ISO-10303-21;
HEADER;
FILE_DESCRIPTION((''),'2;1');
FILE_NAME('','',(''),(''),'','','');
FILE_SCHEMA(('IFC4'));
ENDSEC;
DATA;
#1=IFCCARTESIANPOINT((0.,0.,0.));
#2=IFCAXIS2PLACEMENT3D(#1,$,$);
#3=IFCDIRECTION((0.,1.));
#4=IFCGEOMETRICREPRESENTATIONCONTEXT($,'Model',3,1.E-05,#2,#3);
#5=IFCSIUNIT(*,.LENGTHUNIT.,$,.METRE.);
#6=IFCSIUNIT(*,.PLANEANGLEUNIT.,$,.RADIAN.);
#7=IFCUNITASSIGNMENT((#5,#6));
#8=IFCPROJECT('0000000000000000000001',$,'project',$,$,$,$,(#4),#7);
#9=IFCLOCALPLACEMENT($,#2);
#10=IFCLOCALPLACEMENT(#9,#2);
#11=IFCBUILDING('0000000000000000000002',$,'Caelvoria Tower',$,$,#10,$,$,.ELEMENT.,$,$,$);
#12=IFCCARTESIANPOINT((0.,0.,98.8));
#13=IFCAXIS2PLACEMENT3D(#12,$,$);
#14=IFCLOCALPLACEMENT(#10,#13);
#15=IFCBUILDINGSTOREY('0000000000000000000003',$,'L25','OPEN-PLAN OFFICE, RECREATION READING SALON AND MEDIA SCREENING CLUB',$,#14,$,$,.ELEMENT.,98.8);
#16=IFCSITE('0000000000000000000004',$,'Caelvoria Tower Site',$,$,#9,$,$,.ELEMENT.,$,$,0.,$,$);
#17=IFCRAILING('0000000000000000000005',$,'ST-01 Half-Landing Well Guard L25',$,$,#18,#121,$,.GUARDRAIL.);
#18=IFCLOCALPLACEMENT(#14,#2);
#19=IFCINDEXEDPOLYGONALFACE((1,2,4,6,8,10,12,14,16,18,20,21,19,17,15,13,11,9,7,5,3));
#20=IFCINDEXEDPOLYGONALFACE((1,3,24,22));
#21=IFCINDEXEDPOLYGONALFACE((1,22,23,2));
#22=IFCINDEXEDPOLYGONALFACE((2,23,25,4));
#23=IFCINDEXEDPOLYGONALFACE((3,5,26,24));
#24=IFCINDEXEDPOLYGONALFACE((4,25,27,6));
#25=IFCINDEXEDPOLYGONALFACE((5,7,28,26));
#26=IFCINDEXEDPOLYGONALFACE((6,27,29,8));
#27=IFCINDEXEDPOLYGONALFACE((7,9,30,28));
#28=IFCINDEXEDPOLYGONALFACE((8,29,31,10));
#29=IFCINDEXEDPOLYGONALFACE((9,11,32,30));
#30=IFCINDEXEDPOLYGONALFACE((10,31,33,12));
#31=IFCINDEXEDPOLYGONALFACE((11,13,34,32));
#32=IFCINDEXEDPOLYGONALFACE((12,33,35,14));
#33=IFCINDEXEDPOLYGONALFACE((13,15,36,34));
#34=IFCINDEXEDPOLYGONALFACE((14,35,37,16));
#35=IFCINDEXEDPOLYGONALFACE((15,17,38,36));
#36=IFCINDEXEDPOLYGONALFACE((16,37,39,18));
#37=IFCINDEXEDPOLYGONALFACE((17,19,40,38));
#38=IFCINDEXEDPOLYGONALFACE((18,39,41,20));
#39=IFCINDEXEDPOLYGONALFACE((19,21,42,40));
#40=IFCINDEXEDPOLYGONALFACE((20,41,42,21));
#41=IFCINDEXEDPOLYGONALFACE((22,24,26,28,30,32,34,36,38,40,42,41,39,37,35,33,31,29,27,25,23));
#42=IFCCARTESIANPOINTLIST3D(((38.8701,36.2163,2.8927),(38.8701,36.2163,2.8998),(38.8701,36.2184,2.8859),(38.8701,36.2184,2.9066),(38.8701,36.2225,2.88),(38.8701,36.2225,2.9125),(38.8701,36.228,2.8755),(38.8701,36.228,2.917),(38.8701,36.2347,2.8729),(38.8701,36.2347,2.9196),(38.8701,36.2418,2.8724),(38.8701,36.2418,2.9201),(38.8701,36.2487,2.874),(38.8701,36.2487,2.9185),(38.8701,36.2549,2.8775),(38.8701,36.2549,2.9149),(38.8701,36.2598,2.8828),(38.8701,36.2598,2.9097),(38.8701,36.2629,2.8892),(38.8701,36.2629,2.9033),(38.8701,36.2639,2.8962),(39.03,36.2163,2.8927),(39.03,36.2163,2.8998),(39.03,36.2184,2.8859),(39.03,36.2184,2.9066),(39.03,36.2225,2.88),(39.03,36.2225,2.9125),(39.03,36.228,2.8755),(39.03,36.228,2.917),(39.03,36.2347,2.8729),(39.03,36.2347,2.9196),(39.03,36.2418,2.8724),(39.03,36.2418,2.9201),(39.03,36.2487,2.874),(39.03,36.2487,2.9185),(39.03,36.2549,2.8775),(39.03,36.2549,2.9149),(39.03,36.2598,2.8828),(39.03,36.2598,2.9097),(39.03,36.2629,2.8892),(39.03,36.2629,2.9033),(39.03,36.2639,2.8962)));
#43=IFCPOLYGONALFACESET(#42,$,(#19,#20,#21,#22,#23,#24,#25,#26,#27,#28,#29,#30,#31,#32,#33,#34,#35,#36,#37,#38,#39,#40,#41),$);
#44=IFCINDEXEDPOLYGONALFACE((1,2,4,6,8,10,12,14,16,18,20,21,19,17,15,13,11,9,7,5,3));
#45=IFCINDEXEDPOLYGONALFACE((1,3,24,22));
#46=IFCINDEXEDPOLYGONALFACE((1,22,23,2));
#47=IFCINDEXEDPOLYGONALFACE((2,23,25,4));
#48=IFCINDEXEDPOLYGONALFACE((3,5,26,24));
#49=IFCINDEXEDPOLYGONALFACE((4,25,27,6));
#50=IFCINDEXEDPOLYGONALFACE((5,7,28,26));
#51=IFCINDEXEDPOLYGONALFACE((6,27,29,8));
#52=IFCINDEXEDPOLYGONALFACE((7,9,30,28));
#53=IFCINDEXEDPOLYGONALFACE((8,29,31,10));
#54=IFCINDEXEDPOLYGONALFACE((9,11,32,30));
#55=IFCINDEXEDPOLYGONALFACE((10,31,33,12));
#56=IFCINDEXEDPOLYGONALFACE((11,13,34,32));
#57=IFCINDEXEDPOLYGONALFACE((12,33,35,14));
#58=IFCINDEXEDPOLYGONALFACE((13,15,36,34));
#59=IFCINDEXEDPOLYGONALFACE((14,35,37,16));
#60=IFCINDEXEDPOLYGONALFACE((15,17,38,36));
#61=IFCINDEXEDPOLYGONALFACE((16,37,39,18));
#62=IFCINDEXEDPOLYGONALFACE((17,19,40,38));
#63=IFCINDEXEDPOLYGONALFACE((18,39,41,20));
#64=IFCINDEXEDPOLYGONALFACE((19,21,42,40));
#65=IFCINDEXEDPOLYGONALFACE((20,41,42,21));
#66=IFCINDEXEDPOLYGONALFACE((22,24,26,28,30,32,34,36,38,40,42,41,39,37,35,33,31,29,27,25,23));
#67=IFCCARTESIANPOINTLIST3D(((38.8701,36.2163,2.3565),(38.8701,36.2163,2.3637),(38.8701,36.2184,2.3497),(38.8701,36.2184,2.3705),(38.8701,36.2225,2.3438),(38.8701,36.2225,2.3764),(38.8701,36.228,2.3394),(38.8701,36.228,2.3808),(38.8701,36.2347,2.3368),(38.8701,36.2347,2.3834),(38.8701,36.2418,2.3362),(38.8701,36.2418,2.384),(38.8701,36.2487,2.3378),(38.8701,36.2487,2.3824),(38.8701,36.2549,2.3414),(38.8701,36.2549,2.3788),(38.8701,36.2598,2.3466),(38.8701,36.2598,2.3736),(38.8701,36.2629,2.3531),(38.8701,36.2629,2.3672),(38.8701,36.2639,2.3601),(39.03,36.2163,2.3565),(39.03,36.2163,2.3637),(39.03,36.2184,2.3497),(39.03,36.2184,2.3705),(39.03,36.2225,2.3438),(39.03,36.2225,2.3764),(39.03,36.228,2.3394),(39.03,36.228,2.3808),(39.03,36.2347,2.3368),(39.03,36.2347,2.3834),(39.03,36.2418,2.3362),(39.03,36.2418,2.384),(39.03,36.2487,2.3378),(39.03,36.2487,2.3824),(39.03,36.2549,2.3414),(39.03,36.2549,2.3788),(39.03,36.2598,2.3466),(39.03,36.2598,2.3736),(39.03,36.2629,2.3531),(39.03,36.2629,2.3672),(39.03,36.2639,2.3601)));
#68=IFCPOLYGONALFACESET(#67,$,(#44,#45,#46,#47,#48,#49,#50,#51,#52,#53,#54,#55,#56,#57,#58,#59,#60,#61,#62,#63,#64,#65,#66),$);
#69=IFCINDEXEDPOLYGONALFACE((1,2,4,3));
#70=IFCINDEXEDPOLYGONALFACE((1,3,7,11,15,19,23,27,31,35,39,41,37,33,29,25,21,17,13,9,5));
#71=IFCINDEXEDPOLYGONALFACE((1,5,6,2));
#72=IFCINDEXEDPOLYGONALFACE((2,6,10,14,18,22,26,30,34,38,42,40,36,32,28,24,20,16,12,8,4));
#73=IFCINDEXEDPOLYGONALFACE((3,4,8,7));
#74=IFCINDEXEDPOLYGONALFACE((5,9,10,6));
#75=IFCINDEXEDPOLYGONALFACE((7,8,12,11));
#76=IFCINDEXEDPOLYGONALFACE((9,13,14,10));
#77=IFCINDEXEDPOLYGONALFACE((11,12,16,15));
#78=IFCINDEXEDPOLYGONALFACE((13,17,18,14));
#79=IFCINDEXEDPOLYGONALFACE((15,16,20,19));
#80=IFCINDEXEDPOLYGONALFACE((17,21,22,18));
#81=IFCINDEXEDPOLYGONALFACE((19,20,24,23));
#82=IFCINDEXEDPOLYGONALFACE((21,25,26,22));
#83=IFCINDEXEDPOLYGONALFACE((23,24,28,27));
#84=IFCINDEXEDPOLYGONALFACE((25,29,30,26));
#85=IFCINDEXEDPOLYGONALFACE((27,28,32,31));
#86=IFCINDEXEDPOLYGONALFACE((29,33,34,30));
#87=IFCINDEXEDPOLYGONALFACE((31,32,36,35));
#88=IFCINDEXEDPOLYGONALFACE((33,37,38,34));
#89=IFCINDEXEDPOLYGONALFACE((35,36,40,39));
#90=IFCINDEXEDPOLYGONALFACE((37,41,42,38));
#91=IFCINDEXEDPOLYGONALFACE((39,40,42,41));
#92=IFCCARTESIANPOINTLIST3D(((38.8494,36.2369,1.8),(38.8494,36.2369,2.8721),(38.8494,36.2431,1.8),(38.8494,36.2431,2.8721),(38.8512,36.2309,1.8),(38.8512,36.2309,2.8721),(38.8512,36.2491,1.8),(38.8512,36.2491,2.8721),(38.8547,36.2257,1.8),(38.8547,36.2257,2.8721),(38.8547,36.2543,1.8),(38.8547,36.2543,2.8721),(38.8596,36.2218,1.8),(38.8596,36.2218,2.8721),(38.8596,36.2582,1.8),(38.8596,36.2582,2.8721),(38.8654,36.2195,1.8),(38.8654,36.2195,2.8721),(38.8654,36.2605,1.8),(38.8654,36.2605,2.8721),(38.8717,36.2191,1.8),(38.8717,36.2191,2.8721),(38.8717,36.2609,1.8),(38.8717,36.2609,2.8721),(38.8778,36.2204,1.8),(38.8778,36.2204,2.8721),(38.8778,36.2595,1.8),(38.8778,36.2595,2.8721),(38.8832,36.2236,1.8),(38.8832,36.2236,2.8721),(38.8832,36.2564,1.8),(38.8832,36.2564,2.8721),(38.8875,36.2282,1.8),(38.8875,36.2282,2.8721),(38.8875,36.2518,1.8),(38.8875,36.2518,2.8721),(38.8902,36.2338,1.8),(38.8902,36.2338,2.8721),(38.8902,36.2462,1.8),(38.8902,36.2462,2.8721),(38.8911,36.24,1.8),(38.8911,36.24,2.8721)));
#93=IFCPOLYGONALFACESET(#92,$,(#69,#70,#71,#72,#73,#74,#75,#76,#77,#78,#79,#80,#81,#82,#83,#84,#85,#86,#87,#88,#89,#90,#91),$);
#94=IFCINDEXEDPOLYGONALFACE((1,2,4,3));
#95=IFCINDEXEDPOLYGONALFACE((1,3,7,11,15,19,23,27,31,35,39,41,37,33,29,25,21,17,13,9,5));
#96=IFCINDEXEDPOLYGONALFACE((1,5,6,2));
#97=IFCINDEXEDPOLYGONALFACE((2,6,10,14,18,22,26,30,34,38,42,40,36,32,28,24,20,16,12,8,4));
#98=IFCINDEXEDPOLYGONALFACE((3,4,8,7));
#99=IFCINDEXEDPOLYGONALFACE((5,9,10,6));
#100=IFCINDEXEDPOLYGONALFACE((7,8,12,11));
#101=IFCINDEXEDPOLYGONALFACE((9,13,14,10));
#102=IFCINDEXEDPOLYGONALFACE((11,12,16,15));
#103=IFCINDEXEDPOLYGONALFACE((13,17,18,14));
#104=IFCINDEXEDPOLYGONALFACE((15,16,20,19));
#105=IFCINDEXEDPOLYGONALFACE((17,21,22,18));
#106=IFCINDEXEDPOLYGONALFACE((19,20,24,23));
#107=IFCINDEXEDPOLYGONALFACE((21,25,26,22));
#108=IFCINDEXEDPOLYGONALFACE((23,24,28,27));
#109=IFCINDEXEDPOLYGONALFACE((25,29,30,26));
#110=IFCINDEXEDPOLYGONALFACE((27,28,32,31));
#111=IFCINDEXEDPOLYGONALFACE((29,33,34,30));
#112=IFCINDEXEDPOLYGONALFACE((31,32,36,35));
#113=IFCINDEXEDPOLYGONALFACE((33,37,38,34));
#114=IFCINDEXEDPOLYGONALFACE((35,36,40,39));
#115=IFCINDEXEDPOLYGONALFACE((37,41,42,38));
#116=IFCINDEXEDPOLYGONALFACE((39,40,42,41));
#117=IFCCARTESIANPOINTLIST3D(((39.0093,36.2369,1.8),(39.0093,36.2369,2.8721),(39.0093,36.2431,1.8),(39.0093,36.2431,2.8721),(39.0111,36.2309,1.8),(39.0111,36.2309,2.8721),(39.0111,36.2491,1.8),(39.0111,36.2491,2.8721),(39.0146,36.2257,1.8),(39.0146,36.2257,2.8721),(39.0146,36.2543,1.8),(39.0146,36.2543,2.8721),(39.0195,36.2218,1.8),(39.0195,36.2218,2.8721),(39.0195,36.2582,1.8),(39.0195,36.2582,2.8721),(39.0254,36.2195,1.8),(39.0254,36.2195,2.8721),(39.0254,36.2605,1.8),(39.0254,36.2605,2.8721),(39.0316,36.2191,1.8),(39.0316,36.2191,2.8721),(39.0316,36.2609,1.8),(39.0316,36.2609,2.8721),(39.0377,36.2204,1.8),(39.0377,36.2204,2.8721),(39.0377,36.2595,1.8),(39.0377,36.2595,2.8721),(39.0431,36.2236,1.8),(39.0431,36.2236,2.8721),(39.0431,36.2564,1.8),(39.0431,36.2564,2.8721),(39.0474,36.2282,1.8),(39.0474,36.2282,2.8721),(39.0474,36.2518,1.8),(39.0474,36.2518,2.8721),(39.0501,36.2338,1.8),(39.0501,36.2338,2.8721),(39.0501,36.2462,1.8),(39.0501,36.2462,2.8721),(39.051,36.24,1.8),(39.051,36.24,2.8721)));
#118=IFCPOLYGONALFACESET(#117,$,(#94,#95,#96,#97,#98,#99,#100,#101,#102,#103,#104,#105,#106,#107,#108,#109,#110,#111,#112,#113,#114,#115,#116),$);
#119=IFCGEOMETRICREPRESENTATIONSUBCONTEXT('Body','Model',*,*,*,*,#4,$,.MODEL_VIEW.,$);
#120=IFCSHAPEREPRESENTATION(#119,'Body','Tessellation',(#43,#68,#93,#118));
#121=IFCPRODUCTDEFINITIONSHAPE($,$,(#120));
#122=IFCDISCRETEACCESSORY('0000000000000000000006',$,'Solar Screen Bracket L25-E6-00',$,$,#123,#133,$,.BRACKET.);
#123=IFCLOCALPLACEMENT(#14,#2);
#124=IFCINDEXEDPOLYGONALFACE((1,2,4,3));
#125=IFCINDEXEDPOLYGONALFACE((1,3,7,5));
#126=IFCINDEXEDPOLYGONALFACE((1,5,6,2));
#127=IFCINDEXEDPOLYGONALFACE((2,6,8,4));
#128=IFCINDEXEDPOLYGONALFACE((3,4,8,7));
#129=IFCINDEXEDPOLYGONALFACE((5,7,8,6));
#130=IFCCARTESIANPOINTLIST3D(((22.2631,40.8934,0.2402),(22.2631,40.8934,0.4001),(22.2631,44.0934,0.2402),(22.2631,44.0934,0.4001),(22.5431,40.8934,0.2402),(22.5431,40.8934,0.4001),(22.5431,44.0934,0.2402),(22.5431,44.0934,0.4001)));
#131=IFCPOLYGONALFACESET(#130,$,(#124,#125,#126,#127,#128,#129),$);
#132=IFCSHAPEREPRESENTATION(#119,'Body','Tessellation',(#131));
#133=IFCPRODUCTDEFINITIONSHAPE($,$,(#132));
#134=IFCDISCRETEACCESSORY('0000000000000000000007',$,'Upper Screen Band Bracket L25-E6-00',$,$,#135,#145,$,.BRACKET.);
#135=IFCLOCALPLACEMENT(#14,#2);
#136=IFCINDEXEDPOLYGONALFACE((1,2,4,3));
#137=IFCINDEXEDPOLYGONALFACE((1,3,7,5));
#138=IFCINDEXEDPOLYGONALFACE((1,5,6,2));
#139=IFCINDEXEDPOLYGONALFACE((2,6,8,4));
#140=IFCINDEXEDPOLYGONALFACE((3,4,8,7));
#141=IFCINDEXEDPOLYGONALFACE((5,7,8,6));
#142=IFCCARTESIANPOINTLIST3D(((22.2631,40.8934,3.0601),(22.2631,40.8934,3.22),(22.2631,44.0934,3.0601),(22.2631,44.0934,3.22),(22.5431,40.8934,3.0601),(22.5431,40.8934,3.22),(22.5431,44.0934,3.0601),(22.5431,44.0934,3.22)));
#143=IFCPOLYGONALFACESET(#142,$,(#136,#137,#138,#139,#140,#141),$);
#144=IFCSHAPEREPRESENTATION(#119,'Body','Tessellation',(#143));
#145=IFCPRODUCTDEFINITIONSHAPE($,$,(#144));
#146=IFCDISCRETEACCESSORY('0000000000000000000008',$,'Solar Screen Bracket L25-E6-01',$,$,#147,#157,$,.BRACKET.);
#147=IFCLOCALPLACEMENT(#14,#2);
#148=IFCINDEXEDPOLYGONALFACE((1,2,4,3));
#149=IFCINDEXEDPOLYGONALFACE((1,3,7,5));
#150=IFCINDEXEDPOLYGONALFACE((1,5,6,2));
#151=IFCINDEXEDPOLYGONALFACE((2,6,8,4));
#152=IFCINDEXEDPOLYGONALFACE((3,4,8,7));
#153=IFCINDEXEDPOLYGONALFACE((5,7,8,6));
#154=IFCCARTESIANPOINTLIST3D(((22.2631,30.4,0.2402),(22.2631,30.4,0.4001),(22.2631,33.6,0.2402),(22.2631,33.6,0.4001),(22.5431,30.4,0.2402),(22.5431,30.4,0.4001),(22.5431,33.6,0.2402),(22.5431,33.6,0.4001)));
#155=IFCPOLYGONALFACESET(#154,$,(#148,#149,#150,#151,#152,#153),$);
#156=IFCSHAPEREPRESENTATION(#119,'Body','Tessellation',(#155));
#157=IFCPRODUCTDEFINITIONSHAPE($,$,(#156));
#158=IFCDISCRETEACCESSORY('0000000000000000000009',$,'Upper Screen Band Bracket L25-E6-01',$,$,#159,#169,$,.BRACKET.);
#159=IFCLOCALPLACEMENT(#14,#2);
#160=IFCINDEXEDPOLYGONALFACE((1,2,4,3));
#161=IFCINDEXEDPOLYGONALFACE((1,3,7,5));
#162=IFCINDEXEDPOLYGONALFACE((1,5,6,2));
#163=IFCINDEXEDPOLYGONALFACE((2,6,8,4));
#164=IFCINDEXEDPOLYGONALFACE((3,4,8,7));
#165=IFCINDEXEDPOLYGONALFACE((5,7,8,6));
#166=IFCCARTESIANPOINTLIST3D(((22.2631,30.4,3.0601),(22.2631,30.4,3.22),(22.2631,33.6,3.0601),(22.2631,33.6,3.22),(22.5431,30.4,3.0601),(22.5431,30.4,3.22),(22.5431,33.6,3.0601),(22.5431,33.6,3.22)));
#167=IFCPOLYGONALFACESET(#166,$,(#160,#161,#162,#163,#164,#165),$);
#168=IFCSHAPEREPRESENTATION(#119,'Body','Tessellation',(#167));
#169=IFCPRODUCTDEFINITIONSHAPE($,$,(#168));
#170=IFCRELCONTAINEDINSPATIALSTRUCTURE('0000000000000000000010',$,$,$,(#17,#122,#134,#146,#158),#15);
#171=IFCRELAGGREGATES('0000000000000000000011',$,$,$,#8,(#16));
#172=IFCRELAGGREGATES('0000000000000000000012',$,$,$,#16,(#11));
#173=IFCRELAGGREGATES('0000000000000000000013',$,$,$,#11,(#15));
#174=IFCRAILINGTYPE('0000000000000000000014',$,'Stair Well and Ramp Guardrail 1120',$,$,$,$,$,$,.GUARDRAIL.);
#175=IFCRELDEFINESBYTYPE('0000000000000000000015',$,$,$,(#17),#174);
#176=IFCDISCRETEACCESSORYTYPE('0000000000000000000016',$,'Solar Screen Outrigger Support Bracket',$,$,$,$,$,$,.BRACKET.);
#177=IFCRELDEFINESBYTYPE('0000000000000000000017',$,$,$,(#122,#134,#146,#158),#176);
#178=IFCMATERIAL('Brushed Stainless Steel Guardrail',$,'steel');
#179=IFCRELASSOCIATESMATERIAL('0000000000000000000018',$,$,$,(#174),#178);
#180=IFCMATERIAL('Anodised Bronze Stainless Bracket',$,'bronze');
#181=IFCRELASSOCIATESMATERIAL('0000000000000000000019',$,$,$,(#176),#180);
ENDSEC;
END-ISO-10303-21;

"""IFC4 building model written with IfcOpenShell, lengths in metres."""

from ifc_helpers import new_model, si_unit, direction, frame, origin, origin_2d, place, context, subcontext, project, spatial, rectangle, circle, extrude, material, type_object, element, save


model = new_model("IFC4")

# Units and contexts
model_context = context("Model", 3, precision=1e-05, world=origin(), true_north=direction((0.0, 1.0)))
body_context = subcontext(model_context, "Body", "Model", "MODEL_VIEW")
ifc_project = project(units=[si_unit("LENGTHUNIT", "METRE"), si_unit("PLANEANGLEUNIT", "RADIAN")], contexts=[model_context])

# Site, building, storey
site_placement = place(None, origin())
site = spatial("IfcSite", under=ifc_project, at=site_placement, Name="Caelvoria Tower Site", CompositionType="ELEMENT", RefElevation=0.0)
building_placement = place(site_placement, origin())
building = spatial("IfcBuilding", under=site, at=building_placement, Name="Caelvoria Tower", CompositionType="ELEMENT")
storey_placement = place(building_placement, frame((0.0, 0.0, 98.8)))
storey = spatial("IfcBuildingStorey", under=building, at=storey_placement, Name="L25", Description="OPEN-PLAN OFFICE, RECREATION READING SALON AND MEDIA SCREENING CLUB", CompositionType="ELEMENT", Elevation=98.8)

# Railing
ifc_material_1 = material(Name="Brushed Stainless Steel Guardrail", Category="steel")
railing_type_1 = type_object("IfcRailingType", Name="Stair Well and Ramp Guardrail 1120", PredefinedType="GUARDRAIL", material=ifc_material_1)
railing_1_placement = place(storey_placement, frame((38.8701, 36.24, 1.8)))
element("IfcRailing", 1, at=railing_1_placement, inside=storey, type_object=railing_type_1, Name="ST-01 Half-Landing Well Guard L25", PredefinedType="GUARDRAIL", context=body_context, shape_type="SweptSolid", body=[
    extrude(circle(Radius=0.0239, at=origin_2d()), frame((0.0, 0.0, 1.0962), z_axis=(1.0, 0.0, 0.0), x_axis=(0.0, 1.0, 0.0)), (0.0, 0.0, 1.0), 0.1599),
    extrude(circle(Radius=0.0239, at=origin_2d()), frame((0.0, 0.0, 0.5601), z_axis=(1.0, 0.0, 0.0), x_axis=(0.0, 1.0, 0.0)), (0.0, 0.0, 1.0), 0.1599),
    extrude(circle(Radius=0.021, at=origin_2d()), origin(), (0.0, 0.0, 1.0), 1.072),
    extrude(circle(Radius=0.021, at=origin_2d()), frame((0.1599, 0.0, 0.0)), (0.0, 0.0, 1.0), 1.072),
])

# Discrete accessories
ifc_material_2 = material(Name="Anodised Bronze Stainless Bracket", Category="bronze")
discrete_accessory_type = type_object("IfcDiscreteAccessoryType", Name="Solar Screen Outrigger Support Bracket", PredefinedType="BRACKET", material=ifc_material_2)
for number, where, z_axis, x_axis, name in (
    (2, (22.4031, 42.4934, 0.2402), (0.0, 0.0, 1.0), (0.0, -1.0, 0.0), "Solar Screen Bracket L25-E6-00"),
    (3, (22.4031, 42.4934, 3.0601), (0.0, 0.0, 1.0), (0.0, -1.0, 0.0), "Upper Screen Band Bracket L25-E6-00"),
    (4, (22.4031, 32.0, 0.2402), (0.0, 0.0, 1.0), (0.0, -1.0, 0.0), "Solar Screen Bracket L25-E6-01"),
    (5, (22.4031, 32.0, 3.0601), (0.0, 0.0, 1.0), (0.0, -1.0, 0.0), "Upper Screen Band Bracket L25-E6-01"),
):
    element("IfcDiscreteAccessory", number, at=place(storey_placement, frame(where, z_axis=z_axis, x_axis=x_axis)), inside=storey, type_object=discrete_accessory_type, Name=name, PredefinedType="BRACKET", context=body_context, shape_type="SweptSolid", body=[
        extrude(rectangle(XDim=3.2, YDim=0.28, at=origin_2d()), origin(), (0.0, 0.0, 1.0), 0.1599),
    ])

save(model, "model.ifc")
